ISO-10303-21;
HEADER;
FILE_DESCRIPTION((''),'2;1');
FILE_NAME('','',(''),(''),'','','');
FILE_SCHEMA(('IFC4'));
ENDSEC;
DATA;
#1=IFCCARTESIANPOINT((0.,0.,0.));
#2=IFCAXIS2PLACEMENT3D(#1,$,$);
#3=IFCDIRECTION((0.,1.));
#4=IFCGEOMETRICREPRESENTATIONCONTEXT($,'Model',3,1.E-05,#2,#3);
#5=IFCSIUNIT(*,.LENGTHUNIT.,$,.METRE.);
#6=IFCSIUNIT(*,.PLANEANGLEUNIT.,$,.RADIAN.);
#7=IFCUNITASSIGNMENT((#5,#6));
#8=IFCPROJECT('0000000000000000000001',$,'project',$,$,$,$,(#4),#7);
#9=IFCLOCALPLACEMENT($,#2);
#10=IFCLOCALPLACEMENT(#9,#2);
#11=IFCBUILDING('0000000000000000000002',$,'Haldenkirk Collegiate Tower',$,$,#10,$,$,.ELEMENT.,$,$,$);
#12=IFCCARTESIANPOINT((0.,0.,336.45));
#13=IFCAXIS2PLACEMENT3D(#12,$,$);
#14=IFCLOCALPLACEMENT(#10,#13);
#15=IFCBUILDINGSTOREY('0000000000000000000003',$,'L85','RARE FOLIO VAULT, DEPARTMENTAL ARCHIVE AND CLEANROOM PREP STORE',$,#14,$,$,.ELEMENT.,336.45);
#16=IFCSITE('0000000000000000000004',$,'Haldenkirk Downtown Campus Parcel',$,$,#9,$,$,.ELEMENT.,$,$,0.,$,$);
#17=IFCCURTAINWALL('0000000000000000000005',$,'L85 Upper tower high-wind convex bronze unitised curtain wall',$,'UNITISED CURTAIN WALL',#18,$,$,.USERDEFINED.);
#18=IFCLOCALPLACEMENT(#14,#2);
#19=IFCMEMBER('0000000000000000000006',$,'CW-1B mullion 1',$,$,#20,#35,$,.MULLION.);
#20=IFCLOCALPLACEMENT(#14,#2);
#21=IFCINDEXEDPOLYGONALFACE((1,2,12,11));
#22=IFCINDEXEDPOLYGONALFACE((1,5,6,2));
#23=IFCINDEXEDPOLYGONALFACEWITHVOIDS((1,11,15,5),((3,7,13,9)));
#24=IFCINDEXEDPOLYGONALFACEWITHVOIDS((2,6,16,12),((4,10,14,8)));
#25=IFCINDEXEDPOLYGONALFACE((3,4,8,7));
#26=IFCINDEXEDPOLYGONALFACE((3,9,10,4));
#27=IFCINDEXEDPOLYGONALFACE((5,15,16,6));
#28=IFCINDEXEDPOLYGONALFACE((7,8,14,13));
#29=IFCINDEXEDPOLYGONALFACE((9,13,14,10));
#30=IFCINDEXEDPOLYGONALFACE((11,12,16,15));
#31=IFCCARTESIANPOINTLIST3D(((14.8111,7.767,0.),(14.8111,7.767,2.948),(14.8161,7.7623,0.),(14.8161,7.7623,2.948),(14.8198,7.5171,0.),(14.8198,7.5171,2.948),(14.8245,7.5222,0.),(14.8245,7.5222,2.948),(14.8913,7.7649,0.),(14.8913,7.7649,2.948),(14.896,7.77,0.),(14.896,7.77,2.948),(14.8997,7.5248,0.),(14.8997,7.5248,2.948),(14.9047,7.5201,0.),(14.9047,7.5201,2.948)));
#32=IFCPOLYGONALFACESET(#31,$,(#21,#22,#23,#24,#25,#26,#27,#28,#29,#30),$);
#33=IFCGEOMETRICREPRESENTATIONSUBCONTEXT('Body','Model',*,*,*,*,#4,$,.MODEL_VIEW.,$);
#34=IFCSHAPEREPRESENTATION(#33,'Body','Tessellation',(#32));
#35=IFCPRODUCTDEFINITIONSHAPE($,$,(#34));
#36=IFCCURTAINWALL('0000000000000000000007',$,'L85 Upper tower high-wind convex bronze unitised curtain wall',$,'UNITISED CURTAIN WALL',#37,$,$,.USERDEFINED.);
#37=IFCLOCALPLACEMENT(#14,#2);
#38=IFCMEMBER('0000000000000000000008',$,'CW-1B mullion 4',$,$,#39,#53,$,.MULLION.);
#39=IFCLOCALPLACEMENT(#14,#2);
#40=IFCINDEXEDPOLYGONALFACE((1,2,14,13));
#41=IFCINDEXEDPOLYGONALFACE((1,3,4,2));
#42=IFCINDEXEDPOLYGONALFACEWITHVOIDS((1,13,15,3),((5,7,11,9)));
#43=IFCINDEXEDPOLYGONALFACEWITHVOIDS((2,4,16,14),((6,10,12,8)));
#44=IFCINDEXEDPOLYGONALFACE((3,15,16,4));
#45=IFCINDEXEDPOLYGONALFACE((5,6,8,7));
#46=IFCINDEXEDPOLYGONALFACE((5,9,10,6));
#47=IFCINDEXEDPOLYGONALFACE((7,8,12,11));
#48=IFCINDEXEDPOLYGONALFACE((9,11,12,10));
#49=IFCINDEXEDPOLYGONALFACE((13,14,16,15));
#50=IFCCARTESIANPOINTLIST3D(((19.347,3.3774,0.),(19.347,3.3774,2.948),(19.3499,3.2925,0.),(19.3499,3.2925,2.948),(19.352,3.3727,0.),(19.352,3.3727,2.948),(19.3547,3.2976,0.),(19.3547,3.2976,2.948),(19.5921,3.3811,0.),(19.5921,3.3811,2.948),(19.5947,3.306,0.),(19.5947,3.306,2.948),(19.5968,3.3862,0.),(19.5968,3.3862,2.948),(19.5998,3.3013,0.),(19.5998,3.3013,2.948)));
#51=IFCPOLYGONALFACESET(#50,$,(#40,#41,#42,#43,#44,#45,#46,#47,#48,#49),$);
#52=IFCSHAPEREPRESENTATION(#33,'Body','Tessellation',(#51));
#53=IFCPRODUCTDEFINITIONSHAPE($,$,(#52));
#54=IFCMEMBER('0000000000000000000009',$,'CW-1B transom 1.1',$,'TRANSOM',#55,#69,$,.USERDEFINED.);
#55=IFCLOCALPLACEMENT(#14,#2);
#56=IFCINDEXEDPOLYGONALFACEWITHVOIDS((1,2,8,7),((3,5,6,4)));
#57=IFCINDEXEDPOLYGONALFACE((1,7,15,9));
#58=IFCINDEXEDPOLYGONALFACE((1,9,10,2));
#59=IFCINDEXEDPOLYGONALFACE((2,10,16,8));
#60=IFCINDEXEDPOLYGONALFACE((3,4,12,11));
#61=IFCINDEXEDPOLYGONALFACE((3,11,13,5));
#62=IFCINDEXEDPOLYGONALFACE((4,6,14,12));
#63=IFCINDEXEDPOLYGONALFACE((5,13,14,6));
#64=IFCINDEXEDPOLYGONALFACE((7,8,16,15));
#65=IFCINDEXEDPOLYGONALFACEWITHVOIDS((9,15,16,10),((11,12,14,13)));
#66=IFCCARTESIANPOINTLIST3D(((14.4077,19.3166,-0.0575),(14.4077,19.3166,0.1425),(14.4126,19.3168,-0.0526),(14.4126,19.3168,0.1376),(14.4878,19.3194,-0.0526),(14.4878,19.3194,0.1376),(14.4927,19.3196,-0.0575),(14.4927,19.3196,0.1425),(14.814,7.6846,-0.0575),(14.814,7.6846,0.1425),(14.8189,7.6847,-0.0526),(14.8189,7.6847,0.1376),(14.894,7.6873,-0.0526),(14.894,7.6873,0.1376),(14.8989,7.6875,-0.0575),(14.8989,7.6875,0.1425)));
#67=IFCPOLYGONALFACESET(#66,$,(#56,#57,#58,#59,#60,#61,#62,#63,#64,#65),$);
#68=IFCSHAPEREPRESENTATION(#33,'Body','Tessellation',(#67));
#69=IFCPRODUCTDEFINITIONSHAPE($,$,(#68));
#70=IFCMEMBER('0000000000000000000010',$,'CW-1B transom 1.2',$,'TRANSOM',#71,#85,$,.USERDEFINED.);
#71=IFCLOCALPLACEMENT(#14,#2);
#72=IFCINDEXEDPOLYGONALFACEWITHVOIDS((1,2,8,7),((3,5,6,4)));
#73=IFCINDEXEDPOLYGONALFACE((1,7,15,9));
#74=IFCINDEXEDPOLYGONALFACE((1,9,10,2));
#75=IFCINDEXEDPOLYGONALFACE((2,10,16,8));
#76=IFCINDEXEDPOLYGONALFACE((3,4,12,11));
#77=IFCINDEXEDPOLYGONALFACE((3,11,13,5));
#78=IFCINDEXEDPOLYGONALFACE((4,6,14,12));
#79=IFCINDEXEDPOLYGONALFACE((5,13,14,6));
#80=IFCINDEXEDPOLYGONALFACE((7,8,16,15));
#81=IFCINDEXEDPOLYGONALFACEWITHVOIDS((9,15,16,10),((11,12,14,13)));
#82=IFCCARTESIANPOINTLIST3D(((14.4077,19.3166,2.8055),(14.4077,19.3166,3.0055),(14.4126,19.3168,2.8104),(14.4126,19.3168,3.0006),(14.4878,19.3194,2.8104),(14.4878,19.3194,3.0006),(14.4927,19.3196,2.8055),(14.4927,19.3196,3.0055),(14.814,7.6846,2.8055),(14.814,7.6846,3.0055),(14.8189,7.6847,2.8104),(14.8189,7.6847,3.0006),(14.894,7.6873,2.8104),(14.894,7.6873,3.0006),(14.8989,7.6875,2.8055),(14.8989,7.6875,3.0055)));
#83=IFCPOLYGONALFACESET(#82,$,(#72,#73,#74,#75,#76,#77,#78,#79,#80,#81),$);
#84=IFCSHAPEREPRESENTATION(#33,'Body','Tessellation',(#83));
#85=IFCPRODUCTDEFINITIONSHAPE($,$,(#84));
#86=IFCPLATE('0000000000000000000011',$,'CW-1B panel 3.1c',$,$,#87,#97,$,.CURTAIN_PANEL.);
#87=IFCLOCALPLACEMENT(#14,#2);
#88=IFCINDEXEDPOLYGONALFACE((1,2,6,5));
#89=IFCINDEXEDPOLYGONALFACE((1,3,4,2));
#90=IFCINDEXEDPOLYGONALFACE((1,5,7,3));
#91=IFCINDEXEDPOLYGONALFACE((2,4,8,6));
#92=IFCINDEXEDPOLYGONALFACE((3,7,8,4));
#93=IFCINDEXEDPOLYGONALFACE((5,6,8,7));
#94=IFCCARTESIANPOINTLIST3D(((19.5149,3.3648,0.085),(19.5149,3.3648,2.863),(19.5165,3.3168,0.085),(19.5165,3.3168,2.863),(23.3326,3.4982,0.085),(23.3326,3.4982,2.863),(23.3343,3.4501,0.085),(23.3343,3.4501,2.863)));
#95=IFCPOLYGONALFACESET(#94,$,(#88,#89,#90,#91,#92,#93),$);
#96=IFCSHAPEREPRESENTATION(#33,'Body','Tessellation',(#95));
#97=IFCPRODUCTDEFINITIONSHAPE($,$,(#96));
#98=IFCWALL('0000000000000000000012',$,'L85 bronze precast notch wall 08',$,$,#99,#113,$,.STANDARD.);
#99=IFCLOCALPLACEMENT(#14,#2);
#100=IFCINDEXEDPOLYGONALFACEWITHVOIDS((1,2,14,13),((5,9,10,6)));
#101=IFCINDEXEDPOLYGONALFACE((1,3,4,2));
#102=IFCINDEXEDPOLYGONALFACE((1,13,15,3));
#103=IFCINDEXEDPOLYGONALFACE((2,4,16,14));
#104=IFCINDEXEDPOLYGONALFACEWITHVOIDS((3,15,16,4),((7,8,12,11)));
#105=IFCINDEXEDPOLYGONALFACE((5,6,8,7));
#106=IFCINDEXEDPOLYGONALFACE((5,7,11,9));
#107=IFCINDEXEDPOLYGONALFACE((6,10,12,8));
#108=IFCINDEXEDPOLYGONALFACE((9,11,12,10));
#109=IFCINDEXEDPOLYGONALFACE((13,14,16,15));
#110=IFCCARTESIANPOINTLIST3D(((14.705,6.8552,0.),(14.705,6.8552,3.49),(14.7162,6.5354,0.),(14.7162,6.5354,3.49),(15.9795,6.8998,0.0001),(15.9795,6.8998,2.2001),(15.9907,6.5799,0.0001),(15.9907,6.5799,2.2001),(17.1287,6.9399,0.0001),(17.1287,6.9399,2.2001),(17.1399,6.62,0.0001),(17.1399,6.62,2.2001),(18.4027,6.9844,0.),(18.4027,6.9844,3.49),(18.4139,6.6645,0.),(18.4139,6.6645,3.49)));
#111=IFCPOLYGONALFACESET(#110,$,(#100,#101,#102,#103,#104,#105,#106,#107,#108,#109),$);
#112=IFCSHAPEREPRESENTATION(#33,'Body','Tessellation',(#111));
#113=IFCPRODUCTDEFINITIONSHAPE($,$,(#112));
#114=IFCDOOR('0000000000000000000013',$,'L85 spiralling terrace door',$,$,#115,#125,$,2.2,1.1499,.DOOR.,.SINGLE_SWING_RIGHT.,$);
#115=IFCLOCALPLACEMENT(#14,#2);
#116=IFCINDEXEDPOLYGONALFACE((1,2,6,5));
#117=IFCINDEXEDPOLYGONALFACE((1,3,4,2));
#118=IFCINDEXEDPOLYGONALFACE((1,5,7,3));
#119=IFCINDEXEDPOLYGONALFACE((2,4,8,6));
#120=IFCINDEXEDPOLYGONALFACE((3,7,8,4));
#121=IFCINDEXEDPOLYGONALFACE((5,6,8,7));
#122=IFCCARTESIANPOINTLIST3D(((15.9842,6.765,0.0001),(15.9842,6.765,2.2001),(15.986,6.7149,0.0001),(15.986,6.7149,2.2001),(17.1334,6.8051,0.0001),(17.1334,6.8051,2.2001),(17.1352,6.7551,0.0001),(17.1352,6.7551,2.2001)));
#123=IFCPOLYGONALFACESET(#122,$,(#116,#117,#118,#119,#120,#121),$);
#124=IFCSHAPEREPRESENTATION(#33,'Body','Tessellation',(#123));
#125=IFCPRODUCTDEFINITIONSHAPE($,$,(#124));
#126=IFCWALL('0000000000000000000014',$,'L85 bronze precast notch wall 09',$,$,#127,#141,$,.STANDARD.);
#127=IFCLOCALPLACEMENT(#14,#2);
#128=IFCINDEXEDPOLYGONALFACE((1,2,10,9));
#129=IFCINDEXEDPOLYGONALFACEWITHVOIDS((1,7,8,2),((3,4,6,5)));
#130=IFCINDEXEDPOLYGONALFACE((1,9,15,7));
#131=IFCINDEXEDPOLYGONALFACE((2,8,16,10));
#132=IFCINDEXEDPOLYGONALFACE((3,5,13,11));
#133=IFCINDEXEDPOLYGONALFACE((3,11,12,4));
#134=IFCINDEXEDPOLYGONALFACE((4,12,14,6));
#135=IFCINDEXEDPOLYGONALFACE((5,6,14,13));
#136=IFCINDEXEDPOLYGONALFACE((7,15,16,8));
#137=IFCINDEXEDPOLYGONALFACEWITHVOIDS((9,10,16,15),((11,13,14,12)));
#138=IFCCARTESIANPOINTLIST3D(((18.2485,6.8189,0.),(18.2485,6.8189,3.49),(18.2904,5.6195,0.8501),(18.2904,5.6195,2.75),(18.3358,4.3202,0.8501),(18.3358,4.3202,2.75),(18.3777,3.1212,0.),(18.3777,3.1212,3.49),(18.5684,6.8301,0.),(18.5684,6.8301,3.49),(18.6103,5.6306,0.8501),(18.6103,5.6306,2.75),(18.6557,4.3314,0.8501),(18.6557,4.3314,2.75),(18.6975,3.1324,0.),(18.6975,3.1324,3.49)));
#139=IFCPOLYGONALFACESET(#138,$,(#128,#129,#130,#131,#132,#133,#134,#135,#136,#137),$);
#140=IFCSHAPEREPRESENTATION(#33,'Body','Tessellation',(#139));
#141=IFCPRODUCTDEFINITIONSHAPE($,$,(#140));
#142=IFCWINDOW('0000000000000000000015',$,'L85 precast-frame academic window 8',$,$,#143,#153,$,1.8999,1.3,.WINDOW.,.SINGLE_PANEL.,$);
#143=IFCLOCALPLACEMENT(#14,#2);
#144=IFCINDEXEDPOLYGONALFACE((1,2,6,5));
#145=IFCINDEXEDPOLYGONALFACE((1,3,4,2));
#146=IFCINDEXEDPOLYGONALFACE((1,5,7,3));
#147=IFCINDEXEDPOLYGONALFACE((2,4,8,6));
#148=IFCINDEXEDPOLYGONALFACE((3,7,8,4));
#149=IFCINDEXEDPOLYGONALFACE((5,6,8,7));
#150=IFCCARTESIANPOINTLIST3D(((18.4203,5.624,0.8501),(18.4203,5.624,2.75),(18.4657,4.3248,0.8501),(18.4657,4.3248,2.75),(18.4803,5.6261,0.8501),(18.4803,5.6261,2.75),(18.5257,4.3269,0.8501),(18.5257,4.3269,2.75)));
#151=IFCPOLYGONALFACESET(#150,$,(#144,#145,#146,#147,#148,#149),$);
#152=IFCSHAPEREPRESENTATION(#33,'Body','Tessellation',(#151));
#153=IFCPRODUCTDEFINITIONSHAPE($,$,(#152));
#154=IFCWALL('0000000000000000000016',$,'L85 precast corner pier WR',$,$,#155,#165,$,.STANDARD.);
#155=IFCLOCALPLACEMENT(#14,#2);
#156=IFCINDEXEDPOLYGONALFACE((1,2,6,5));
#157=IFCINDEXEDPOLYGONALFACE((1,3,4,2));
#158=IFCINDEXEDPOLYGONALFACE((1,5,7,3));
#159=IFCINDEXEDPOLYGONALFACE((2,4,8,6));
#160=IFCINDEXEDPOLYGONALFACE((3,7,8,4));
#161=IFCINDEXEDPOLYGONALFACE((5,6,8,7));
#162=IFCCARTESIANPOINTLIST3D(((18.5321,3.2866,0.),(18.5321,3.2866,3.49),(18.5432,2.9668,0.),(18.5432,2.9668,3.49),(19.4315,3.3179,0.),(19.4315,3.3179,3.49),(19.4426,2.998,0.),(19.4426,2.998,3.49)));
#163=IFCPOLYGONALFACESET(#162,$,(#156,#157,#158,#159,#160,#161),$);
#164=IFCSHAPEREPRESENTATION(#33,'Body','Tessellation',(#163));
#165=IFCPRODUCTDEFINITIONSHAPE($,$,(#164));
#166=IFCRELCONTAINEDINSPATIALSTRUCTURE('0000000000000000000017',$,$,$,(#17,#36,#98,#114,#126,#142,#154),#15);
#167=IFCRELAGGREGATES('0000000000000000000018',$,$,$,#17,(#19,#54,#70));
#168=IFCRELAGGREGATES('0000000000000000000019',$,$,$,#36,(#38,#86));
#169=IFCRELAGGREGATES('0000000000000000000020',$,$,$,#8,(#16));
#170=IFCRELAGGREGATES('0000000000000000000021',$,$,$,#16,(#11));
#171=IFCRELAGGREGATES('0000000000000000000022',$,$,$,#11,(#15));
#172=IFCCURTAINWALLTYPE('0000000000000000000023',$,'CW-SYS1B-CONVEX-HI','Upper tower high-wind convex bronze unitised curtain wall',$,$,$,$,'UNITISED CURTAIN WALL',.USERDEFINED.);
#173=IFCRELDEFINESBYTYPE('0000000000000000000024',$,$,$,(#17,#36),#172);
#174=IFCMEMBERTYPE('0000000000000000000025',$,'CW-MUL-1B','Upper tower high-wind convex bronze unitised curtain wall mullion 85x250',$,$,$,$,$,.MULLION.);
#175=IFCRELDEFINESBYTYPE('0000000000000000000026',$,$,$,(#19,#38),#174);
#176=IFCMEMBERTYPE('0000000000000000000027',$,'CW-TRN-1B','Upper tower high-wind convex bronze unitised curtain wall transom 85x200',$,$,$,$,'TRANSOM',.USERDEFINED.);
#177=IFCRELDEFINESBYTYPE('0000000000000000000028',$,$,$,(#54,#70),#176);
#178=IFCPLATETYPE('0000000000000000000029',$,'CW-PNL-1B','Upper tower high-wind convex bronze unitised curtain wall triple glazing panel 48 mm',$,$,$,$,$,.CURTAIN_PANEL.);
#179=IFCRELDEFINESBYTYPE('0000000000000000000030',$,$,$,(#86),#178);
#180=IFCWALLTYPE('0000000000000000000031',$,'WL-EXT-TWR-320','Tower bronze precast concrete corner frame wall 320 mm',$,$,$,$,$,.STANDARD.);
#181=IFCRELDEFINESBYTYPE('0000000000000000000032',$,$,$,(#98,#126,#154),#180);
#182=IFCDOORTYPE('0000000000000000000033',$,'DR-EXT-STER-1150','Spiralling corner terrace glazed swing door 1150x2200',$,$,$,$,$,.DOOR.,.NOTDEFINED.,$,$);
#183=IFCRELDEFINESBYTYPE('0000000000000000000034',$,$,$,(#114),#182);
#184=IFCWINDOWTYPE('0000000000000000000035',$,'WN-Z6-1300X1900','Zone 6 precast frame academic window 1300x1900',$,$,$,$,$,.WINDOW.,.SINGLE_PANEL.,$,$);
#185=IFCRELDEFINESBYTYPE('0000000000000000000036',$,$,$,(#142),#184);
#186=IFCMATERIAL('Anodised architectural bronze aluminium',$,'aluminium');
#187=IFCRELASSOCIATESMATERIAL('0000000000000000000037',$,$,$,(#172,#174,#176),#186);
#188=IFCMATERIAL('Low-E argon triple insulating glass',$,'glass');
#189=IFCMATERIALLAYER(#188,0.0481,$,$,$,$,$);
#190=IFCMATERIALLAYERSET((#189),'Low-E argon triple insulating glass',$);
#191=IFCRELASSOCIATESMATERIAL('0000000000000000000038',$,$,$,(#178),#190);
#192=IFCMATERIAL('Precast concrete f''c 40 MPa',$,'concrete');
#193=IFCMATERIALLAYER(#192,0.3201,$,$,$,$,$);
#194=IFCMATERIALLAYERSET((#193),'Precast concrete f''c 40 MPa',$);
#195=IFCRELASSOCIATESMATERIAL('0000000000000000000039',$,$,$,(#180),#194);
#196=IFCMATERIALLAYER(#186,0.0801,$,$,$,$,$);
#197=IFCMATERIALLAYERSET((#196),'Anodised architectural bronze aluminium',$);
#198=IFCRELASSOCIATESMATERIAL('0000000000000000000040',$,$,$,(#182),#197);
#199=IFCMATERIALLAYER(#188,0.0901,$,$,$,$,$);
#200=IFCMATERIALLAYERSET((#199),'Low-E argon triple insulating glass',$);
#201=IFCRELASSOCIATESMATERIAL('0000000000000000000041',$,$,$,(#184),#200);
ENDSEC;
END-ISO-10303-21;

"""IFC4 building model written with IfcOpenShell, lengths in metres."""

from ifc_helpers import new_model, si_unit, direction, frame, frame_2d, origin, origin_2d, place, context, subcontext, project, spatial, rectangle, hollow_rectangle, extrude, source, transform, mapped, material, layer, layer_set, material_profile, profile_set, type_object, element, fill, aggregate, save


model = new_model("IFC4")

# Units and contexts
model_context = context("Model", 3, precision=1e-05, world=origin(), true_north=direction((0.0, 1.0)))
body_context = subcontext(model_context, "Body", "Model", "MODEL_VIEW")
ifc_project = project(units=[si_unit("LENGTHUNIT", "METRE"), si_unit("PLANEANGLEUNIT", "RADIAN")], contexts=[model_context])

# Site, building, storey
site_placement = place(None, origin())
site = spatial("IfcSite", under=ifc_project, at=site_placement, Name="Haldenkirk Downtown Campus Parcel", CompositionType="ELEMENT", RefElevation=0.0)
building_placement = place(site_placement, origin())
building = spatial("IfcBuilding", under=site, at=building_placement, Name="Haldenkirk Collegiate Tower", CompositionType="ELEMENT")
storey_placement = place(building_placement, frame((0.0, 0.0, 336.45)))
storey = spatial("IfcBuildingStorey", under=building, at=storey_placement, Name="L85", Description="RARE FOLIO VAULT, DEPARTMENTAL ARCHIVE AND CLEANROOM PREP STORE", CompositionType="ELEMENT", Elevation=336.45)

# Curtain walls, members
ifc_material_1 = material(Name="Anodised architectural bronze aluminium", Category="aluminium")
curtain_wall_type = type_object("IfcCurtainWallType", Name="CW-SYS1B-CONVEX-HI", Description="Upper tower high-wind convex bronze unitised curtain wall", ElementType="UNITISED CURTAIN WALL", PredefinedType="USERDEFINED", material=ifc_material_1)
curtain_wall_1_placement = place(storey_placement, origin())
curtain_wall_1 = element("IfcCurtainWall", 1, at=curtain_wall_1_placement, inside=storey, type_object=curtain_wall_type, Name="L85 Upper tower high-wind convex bronze unitised curtain wall", ObjectType="UNITISED CURTAIN WALL", PredefinedType="USERDEFINED")
ifc_material_profile_1 = material_profile(ifc_material_1, hollow_rectangle(XDim=0.085, YDim=0.25, WallThickness=0.0049, at=origin_2d()), Name="CW-MUL-1B")
ifc_profile_set_1 = profile_set([ifc_material_profile_1], Name="Anodised architectural bronze aluminium")
member_type_1 = type_object("IfcMemberType", Name="CW-MUL-1B", Description="Upper tower high-wind convex bronze unitised curtain wall mullion 85x250", PredefinedType="MULLION", material=ifc_profile_set_1)
member_1_placement = place(storey_placement, frame((14.8579, 7.6436, 0.0), z_axis=(0.0, 0.0, 1.0), x_axis=(-0.999391, -0.034901, 0.0)))
member_1 = element("IfcMember", 2, at=member_1_placement, type_object=member_type_1, Name="CW-1B mullion 1", PredefinedType="MULLION", context=body_context, shape_type="SweptSolid", body=[
    extrude(hollow_rectangle(XDim=0.085, YDim=0.25, WallThickness=0.0049, at=origin_2d()), origin(), (0.0, 0.0, 1.0), 2.948),
])
curtain_wall_2_placement = place(storey_placement, origin())
curtain_wall_2 = element("IfcCurtainWall", 3, at=curtain_wall_2_placement, inside=storey, type_object=curtain_wall_type, Name="L85 Upper tower high-wind convex bronze unitised curtain wall", ObjectType="UNITISED CURTAIN WALL", PredefinedType="USERDEFINED")
member_2_placement = place(storey_placement, frame((19.4734, 3.3394, 0.0), z_axis=(0.0, 0.0, 1.0), x_axis=(0.034902, -0.999391, 0.0)))
member_2 = element("IfcMember", 4, at=member_2_placement, type_object=member_type_1, Name="CW-1B mullion 4", PredefinedType="MULLION", context=body_context, shape_type="SweptSolid", body=[
    extrude(hollow_rectangle(XDim=0.085, YDim=0.25, WallThickness=0.0049, at=origin_2d()), origin(), (0.0, 0.0, 1.0), 2.948),
])

# Members
ifc_material_profile_2 = material_profile(ifc_material_1, hollow_rectangle(XDim=0.085, YDim=0.2, WallThickness=0.0049, at=origin_2d()), Name="CW-TRN-1B")
ifc_profile_set_2 = profile_set([ifc_material_profile_2], Name="Anodised architectural bronze aluminium")
member_type_2 = type_object("IfcMemberType", Name="CW-TRN-1B", Description="Upper tower high-wind convex bronze unitised curtain wall transom 85x200", ElementType="TRANSOM", PredefinedType="USERDEFINED", material=ifc_profile_set_2)
member_3_placement = place(storey_placement, frame((14.8564, 7.686, 0.0425), z_axis=(-0.034904, 0.999391, 0.0), x_axis=(-0.999391, -0.034904, 0.0)))
member_3 = element("IfcMember", 5, at=member_3_placement, type_object=member_type_2, Name="CW-1B transom 1.1", ObjectType="TRANSOM", PredefinedType="USERDEFINED", context=body_context, shape_type="SweptSolid", body=[
    extrude(hollow_rectangle(XDim=0.085, YDim=0.2, WallThickness=0.0049, at=origin_2d()), origin(), (0.0, 0.0, 1.0), 11.6392),
])
member_4_placement = place(storey_placement, frame((14.8564, 7.686, 2.9055), z_axis=(-0.034904, 0.999391, 0.0), x_axis=(-0.999391, -0.034904, 0.0)))
member_4 = element("IfcMember", 6, at=member_4_placement, type_object=member_type_2, Name="CW-1B transom 1.2", ObjectType="TRANSOM", PredefinedType="USERDEFINED", context=body_context, shape_type="SweptSolid", body=[
    extrude(hollow_rectangle(XDim=0.085, YDim=0.2, WallThickness=0.0049, at=origin_2d()), origin(), (0.0, 0.0, 1.0), 11.6392),
])
aggregate(curtain_wall_1, [member_1, member_3, member_4])

# Plate
ifc_material_2 = material(Name="Low-E argon triple insulating glass", Category="glass")
ifc_layer_1 = layer(ifc_material_2, 0.0481)
ifc_layer_set_1 = layer_set([ifc_layer_1], Name="Low-E argon triple insulating glass")
plate_type = type_object("IfcPlateType", Name="CW-PNL-1B", Description="Upper tower high-wind convex bronze unitised curtain wall triple glazing panel 48 mm", PredefinedType="CURTAIN_PANEL", material=ifc_layer_set_1)
shared_shape_1 = source(origin(), body_context, "Body", "SweptSolid", [
    extrude(rectangle(XDim=3.8201, YDim=0.0481, at=origin_2d()), origin(), (0.0, 0.0, 1.0), 2.7781),
])
plate_placement = place(storey_placement, frame((21.4246, 3.4075, 0.085), z_axis=(0.0, 0.0, 1.0), x_axis=(-0.999391, -0.034902, 0.0)))
plate = element("IfcPlate", 7, at=plate_placement, type_object=plate_type, Name="CW-1B panel 3.1c", PredefinedType="CURTAIN_PANEL", context=body_context, shape_type="MappedRepresentation", body=[
    mapped(shared_shape_1, transform((0.0, 0.0, 0.0), x_axis=(1.0, 0.0, 0.0), y_axis=(0.0, 1.0, 0.0), z_axis=(0.0, 0.0, 1.0), scale=1.0)),
])
aggregate(curtain_wall_2, [member_2, plate])

# Wall, opening, door
ifc_material_3 = material(Name="Precast concrete f'c 40 MPa", Category="concrete")
ifc_layer_2 = layer(ifc_material_3, 0.3201)
ifc_layer_set_2 = layer_set([ifc_layer_2], Name="Precast concrete f'c 40 MPa")
wall_type = type_object("IfcWallType", Name="WL-EXT-TWR-320", Description="Tower bronze precast concrete corner frame wall 320 mm", PredefinedType="STANDARD", material=ifc_layer_set_2)
wall_1_placement = place(storey_placement, frame((18.4084, 6.8245, 0.0), z_axis=(0.0, 0.0, 1.0), x_axis=(-0.999391, -0.034905, 0.0)))
wall_1 = element("IfcWall", 8, at=wall_1_placement, inside=storey, type_object=wall_type, Name="L85 bronze precast notch wall 08", PredefinedType="STANDARD", context=body_context, shape_type="SweptSolid", body=[
    extrude(rectangle(XDim=3.7, YDim=0.3201, at=frame_2d((1.8501, 0.0))), origin(), (0.0, 0.0, 1.0), 3.49),
])
opening_1_placement = place(wall_1_placement, frame((1.2749, 0.0, 0.0)))
opening_1 = element("IfcOpeningElement", 9, at=opening_1_placement, cuts=wall_1, PredefinedType="OPENING", context=body_context, shape_type="SweptSolid", body=[
    extrude(rectangle(XDim=1.1499, YDim=2.2, at=frame_2d((0.575, 1.1001))), frame((0.0, 0.1699, 0.0), z_axis=(0.0, -1.0, 0.0), x_axis=(1.0, 0.0, 0.0)), (0.0, 0.0, 1.0), 0.3401),
])
ifc_layer_3 = layer(ifc_material_1, 0.0801)
ifc_layer_set_3 = layer_set([ifc_layer_3], Name="Anodised architectural bronze aluminium")
door_type = type_object("IfcDoorType", Name="DR-EXT-STER-1150", Description="Spiralling corner terrace glazed swing door 1150x2200", OperationType="NOTDEFINED", PredefinedType="DOOR", material=ifc_layer_set_3)
door_placement = place(opening_1_placement, origin())
door = element("IfcDoor", 10, at=door_placement, inside=storey, type_object=door_type, Name="L85 spiralling terrace door", OperationType="SINGLE_SWING_RIGHT", OverallHeight=2.2, OverallWidth=1.1499, PredefinedType="DOOR", context=body_context, shape_type="SweptSolid", body=[
    extrude(rectangle(XDim=1.1499, YDim=2.2, at=frame_2d((0.575, 1.1001))), frame((0.0, 0.0249, 0.0), z_axis=(0.0, -1.0, 0.0), x_axis=(1.0, 0.0, 0.0)), (0.0, 0.0, 1.0), 0.05),
])
fill(opening_1, door)

# Wall, opening, window
wall_2_placement = place(storey_placement, frame((18.5376, 3.1267, 0.0), z_axis=(0.0, 0.0, 1.0), x_axis=(-0.034905, 0.999391, 0.0)))
wall_2 = element("IfcWall", 11, at=wall_2_placement, inside=storey, type_object=wall_type, Name="L85 bronze precast notch wall 09", PredefinedType="STANDARD", context=body_context, shape_type="SweptSolid", body=[
    extrude(rectangle(XDim=3.7, YDim=0.3201, at=frame_2d((1.8501, 0.0))), origin(), (0.0, 0.0, 1.0), 3.49),
])
opening_2_placement = place(wall_2_placement, frame((1.2, 0.0, 0.8501)))
opening_2 = element("IfcOpeningElement", 12, at=opening_2_placement, cuts=wall_2, PredefinedType="OPENING", context=body_context, shape_type="SweptSolid", body=[
    extrude(rectangle(XDim=1.3, YDim=1.8999, at=frame_2d((0.6499, 0.95))), frame((0.0, 0.1699, 0.0), z_axis=(0.0, -1.0, 0.0), x_axis=(1.0, 0.0, 0.0)), (0.0, 0.0, 1.0), 0.3401),
])
ifc_layer_4 = layer(ifc_material_2, 0.0901)
ifc_layer_set_4 = layer_set([ifc_layer_4], Name="Low-E argon triple insulating glass")
window_type = type_object("IfcWindowType", Name="WN-Z6-1300X1900", Description="Zone 6 precast frame academic window 1300x1900", PartitioningType="SINGLE_PANEL", PredefinedType="WINDOW", material=ifc_layer_set_4)
window_placement = place(opening_2_placement, origin())
window = element("IfcWindow", 13, at=window_placement, inside=storey, type_object=window_type, Name="L85 precast-frame academic window 8", OverallHeight=1.8999, OverallWidth=1.3, PartitioningType="SINGLE_PANEL", PredefinedType="WINDOW", context=body_context, shape_type="SweptSolid", body=[
    extrude(rectangle(XDim=1.3, YDim=1.8999, at=frame_2d((0.6499, 0.95))), frame((0.0, 0.03, 0.0), z_axis=(0.0, -1.0, 0.0), x_axis=(1.0, 0.0, 0.0)), (0.0, 0.0, 1.0), 0.0601),
])
fill(opening_2, window)

# Wall
wall_3_placement = place(storey_placement, frame((19.437, 3.158, 0.0), z_axis=(0.0, 0.0, 1.0), x_axis=(-0.999397, -0.034724, 0.0)))
element("IfcWall", 14, at=wall_3_placement, inside=storey, type_object=wall_type, Name="L85 precast corner pier WR", PredefinedType="STANDARD", context=body_context, shape_type="SweptSolid", body=[
    extrude(rectangle(XDim=0.8999, YDim=0.3201, at=frame_2d((0.45, 0.0))), origin(), (0.0, 0.0, 1.0), 3.49),
])

save(model, "model.ifc")
